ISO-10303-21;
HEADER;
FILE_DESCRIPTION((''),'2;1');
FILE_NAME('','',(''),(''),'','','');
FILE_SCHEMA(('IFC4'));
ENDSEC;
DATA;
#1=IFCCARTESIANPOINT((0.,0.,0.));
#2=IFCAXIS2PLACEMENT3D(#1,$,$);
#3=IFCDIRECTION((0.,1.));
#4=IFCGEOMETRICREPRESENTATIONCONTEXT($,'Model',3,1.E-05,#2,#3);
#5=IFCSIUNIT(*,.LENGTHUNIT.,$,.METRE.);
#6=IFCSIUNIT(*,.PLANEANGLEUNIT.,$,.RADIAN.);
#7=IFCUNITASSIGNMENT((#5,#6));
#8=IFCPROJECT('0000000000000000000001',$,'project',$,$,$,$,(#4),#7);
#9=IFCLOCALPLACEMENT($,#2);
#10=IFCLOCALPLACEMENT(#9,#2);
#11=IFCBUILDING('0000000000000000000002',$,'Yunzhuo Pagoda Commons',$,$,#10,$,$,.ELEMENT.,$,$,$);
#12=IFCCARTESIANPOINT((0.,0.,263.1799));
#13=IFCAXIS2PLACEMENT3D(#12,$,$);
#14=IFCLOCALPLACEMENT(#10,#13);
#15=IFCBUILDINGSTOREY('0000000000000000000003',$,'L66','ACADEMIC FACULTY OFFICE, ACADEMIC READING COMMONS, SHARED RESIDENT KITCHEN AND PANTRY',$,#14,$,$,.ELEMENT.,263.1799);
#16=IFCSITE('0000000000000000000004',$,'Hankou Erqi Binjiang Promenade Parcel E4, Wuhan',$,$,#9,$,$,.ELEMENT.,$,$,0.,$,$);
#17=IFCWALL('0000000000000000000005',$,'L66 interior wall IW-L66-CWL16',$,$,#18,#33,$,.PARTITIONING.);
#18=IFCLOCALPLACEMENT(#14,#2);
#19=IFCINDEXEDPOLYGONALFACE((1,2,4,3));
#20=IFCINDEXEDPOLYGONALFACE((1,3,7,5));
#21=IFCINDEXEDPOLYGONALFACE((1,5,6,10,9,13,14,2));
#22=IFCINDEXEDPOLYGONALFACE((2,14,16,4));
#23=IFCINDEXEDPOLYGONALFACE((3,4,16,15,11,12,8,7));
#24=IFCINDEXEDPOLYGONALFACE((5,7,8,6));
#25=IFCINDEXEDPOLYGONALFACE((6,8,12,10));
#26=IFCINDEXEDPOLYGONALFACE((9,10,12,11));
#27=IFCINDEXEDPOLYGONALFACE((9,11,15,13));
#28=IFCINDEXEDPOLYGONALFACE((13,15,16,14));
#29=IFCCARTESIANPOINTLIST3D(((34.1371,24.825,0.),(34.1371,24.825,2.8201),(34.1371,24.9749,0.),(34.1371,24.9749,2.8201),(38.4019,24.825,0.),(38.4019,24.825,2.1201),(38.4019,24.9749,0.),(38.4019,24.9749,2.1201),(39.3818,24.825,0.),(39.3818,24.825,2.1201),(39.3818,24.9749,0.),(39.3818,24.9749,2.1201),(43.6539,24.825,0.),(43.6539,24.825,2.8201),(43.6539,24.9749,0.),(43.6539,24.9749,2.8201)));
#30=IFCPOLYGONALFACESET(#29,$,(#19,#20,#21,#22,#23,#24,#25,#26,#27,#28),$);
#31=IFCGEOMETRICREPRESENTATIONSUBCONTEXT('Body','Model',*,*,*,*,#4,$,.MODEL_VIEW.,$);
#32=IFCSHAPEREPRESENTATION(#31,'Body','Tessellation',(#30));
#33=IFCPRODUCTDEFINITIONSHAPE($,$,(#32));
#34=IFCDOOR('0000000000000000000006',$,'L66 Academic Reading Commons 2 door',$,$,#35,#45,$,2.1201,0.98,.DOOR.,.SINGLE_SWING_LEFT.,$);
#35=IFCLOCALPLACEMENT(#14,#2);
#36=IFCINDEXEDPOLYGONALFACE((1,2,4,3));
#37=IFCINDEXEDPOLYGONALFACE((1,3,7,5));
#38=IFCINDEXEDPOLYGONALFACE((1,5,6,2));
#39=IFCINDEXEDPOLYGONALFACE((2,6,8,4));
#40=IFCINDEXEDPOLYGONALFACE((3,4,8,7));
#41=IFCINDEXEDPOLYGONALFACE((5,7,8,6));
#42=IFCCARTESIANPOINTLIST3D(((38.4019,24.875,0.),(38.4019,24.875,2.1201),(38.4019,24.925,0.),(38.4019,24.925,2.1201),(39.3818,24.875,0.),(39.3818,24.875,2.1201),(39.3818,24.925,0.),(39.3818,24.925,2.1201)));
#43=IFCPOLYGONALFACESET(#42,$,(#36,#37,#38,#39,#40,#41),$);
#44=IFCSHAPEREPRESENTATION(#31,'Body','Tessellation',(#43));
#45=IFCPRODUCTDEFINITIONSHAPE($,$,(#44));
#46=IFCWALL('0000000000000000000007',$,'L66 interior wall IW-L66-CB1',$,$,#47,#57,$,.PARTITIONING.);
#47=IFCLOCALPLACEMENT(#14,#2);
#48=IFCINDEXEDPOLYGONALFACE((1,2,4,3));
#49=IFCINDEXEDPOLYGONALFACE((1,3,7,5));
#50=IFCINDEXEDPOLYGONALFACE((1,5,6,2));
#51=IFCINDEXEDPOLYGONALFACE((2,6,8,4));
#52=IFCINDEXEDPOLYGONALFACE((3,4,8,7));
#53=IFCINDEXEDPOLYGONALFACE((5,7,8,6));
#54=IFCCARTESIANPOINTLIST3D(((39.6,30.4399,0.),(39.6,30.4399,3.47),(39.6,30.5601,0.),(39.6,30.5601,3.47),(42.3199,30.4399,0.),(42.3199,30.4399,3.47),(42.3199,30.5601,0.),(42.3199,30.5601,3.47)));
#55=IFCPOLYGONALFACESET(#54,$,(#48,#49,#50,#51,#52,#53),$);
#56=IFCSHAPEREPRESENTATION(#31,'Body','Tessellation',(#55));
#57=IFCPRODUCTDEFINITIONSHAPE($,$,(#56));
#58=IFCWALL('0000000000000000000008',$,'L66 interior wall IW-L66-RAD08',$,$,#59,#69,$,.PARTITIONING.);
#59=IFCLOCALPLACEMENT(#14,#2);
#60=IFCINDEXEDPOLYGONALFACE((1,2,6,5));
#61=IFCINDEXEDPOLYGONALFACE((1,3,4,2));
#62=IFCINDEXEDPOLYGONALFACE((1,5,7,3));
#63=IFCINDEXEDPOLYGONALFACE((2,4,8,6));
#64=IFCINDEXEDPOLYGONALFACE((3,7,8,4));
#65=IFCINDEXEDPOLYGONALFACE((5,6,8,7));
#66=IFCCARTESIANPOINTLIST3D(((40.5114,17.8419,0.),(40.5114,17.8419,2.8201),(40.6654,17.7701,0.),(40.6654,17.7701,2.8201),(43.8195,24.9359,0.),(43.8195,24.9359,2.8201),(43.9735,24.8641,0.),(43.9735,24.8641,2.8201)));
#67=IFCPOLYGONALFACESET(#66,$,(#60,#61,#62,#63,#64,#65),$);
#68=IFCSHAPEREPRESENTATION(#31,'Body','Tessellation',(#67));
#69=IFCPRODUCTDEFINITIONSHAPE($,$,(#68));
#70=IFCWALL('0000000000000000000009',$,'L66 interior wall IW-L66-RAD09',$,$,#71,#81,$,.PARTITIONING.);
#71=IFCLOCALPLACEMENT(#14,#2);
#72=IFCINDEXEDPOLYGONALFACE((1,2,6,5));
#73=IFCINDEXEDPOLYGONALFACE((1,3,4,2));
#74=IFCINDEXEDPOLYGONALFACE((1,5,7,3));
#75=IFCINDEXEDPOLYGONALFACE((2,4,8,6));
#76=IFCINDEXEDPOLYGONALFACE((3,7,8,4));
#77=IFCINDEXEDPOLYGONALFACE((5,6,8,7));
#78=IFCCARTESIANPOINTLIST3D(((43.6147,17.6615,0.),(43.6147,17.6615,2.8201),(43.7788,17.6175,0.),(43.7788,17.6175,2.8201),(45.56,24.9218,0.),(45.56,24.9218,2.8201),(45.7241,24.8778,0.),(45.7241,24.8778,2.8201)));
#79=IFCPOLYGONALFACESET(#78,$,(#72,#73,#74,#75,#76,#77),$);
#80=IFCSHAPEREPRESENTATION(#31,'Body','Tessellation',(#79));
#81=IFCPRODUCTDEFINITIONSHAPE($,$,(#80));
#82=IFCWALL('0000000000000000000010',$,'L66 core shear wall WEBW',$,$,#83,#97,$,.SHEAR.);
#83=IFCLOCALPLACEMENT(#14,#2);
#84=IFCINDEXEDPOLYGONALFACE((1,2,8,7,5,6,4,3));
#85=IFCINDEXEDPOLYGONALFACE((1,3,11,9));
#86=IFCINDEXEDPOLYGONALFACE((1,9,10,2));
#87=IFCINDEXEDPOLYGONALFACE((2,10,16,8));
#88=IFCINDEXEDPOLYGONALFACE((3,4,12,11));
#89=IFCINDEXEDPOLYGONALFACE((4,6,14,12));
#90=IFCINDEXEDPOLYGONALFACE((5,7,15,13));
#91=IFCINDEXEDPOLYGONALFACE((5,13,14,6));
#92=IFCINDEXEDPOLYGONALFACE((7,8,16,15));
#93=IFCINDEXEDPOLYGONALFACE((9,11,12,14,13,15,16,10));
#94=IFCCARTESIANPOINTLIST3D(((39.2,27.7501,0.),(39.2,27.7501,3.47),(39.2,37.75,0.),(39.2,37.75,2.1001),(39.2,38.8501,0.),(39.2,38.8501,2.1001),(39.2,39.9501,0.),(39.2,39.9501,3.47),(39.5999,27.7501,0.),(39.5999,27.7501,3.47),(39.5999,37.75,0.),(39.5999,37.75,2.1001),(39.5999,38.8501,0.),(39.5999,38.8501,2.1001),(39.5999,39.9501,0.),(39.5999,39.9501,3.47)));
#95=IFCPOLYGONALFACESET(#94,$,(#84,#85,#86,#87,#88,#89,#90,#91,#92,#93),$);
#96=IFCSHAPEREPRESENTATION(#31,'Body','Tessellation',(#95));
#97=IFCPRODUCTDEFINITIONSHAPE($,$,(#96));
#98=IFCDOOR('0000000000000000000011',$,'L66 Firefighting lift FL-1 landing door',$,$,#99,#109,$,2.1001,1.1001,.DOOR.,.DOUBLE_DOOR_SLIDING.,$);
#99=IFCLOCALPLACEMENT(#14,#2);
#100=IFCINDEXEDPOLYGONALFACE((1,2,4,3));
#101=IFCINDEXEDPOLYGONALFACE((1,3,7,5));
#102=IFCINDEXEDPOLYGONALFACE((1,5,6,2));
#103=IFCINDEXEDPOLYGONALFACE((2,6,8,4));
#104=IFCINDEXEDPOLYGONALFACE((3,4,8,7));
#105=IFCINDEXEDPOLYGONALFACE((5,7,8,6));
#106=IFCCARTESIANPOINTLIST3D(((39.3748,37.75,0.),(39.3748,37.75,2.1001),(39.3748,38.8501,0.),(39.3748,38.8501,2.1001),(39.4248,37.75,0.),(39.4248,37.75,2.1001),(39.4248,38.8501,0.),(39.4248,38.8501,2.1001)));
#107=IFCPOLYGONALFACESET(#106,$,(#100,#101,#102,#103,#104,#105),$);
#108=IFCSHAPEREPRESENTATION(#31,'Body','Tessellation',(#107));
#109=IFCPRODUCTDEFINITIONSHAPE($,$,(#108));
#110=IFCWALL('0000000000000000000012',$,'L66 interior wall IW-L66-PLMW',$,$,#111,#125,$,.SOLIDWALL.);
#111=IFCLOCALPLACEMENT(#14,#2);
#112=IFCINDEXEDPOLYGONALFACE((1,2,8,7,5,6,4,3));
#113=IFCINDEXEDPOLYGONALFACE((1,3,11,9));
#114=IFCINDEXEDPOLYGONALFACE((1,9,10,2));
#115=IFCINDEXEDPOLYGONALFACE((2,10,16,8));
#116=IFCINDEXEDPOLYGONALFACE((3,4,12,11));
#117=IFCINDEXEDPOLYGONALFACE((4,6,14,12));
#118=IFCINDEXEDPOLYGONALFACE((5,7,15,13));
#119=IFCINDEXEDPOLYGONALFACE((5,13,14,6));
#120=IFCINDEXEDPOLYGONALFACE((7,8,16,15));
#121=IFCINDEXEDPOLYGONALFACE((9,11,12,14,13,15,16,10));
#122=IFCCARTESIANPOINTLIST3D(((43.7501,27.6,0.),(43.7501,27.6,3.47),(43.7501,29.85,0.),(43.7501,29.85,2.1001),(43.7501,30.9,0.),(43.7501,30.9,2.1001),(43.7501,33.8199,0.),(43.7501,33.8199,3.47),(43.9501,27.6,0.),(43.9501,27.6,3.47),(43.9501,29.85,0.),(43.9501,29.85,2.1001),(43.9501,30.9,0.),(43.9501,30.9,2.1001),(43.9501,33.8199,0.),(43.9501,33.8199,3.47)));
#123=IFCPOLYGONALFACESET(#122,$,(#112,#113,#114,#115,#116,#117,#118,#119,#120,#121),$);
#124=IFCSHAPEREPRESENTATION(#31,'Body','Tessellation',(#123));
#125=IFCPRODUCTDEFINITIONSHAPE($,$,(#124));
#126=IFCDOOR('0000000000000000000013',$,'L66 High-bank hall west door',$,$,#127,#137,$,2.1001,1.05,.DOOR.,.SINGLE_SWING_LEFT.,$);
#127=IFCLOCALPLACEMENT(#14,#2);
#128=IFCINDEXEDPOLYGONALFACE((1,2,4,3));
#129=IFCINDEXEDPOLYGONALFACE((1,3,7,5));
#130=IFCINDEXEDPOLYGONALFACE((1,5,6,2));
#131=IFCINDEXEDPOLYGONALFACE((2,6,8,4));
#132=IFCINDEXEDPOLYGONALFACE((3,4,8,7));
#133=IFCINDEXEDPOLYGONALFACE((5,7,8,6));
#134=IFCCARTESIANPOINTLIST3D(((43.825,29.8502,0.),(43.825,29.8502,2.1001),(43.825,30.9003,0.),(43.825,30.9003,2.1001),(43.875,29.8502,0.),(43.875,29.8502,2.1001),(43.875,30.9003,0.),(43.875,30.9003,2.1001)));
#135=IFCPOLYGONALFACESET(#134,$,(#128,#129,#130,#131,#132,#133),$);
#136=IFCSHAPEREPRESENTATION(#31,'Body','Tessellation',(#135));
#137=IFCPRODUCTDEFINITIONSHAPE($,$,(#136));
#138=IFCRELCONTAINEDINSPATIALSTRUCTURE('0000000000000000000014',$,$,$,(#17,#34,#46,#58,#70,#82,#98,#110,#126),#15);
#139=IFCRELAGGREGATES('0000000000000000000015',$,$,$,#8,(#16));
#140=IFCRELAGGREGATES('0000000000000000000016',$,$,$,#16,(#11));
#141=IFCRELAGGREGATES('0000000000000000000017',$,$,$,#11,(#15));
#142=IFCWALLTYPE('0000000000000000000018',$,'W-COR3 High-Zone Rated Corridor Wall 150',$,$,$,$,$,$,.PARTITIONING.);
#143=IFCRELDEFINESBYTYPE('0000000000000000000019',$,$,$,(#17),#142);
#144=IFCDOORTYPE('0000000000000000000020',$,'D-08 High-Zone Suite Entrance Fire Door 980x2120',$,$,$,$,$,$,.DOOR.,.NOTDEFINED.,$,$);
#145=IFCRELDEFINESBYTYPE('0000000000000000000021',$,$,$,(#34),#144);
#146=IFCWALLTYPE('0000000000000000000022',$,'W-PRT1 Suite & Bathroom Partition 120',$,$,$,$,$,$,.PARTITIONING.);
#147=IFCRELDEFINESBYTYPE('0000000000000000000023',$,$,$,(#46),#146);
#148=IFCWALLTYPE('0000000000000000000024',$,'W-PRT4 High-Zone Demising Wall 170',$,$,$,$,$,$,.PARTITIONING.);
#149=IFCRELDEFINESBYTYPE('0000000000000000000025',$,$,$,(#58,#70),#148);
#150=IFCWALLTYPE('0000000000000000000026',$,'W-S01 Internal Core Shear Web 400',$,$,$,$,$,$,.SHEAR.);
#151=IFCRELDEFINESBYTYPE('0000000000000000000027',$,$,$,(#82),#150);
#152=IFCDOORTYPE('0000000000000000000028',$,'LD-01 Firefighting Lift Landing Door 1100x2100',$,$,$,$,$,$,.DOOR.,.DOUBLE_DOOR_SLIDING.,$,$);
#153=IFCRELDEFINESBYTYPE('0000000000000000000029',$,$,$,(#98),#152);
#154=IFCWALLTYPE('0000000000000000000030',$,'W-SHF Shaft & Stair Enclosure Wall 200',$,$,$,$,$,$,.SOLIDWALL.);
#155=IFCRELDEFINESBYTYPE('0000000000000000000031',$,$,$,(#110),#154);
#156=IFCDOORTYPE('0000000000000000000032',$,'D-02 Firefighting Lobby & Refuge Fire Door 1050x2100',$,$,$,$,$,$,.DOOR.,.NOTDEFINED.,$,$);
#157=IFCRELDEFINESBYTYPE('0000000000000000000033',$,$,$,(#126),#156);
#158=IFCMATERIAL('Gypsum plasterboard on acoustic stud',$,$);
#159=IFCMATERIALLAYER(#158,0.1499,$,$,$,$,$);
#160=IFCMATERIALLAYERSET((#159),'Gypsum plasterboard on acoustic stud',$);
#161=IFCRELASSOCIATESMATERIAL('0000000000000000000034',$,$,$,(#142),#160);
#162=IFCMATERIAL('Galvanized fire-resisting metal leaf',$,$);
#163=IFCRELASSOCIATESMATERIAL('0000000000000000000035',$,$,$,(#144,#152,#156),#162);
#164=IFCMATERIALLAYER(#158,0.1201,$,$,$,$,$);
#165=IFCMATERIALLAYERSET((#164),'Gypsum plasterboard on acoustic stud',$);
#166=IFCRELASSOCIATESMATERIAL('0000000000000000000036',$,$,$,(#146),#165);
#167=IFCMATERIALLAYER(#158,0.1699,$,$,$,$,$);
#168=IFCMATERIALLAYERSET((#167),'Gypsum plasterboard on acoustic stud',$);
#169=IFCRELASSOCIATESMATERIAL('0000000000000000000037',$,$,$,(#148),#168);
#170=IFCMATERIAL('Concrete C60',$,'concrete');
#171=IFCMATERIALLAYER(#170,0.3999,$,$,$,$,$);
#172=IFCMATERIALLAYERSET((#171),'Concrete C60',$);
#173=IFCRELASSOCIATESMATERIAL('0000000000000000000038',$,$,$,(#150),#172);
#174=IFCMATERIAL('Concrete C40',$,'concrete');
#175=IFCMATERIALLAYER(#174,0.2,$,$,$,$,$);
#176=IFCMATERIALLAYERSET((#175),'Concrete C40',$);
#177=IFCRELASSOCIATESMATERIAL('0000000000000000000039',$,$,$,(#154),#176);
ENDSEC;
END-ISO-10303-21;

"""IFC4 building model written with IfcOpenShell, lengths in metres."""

from ifc_helpers import new_model, si_unit, direction, frame, frame_2d, origin, origin_with_axes, place, context, subcontext, project, spatial, rectangle, extrude, source, transform, mapped, material, layer, layer_set, type_object, element, fill, save


model = new_model("IFC4")

# Units and contexts
model_context = context("Model", 3, precision=1e-05, world=origin(), true_north=direction((0.0, 1.0)))
body_context = subcontext(model_context, "Body", "Model", "MODEL_VIEW")
ifc_project = project(units=[si_unit("LENGTHUNIT", "METRE"), si_unit("PLANEANGLEUNIT", "RADIAN")], contexts=[model_context])

# Site, building, storey
site_placement = place(None, origin())
site = spatial("IfcSite", under=ifc_project, at=site_placement, Name="Hankou Erqi Binjiang Promenade Parcel E4, Wuhan", CompositionType="ELEMENT", RefElevation=0.0)
building_placement = place(site_placement, origin())
building = spatial("IfcBuilding", under=site, at=building_placement, Name="Yunzhuo Pagoda Commons", CompositionType="ELEMENT")
storey_placement = place(building_placement, frame((0.0, 0.0, 263.1799)))
storey = spatial("IfcBuildingStorey", under=building, at=storey_placement, Name="L66", Description="ACADEMIC FACULTY OFFICE, ACADEMIC READING COMMONS, SHARED RESIDENT KITCHEN AND PANTRY", CompositionType="ELEMENT", Elevation=263.1799)

# Shared definitions
ifc_material_1 = material(Name="Gypsum plasterboard on acoustic stud")
ifc_layer_1 = layer(ifc_material_1, 0.1499)
ifc_layer_set_1 = layer_set([ifc_layer_1], Name="Gypsum plasterboard on acoustic stud")
wall_type_1 = type_object("IfcWallType", Name="W-COR3 High-Zone Rated Corridor Wall 150", PredefinedType="PARTITIONING", material=ifc_layer_set_1)
ifc_material_2 = material(Name="Galvanized fire-resisting metal leaf")

# Wall, opening, door
wall_1_placement = place(storey_placement, frame((43.6538, 24.8999, 0.0), z_axis=(0.0, 0.0, 1.0), x_axis=(-1.0, 0.0, 0.0)))
wall_1 = element("IfcWall", 1, at=wall_1_placement, inside=storey, type_object=wall_type_1, Name="L66 interior wall IW-L66-CWL16", PredefinedType="PARTITIONING", context=body_context, shape_type="SweptSolid", body=[
    extrude(rectangle(XDim=9.5168, YDim=0.1499, at=frame_2d((4.7583, 0.0))), origin(), (0.0, 0.0, 1.0), 2.8201),
])
opening_1_placement = place(wall_1_placement, frame((4.272, 0.0, 0.0)))
opening_1 = element("IfcOpeningElement", 2, at=opening_1_placement, cuts=wall_1, PredefinedType="OPENING", context=body_context, shape_type="SweptSolid", body=[
    extrude(rectangle(XDim=0.98, YDim=2.1201, at=frame_2d((0.49, 1.0601))), frame((0.0, 0.085, 0.0), z_axis=(0.0, -1.0, 0.0), x_axis=(1.0, 0.0, 0.0)), (0.0, 0.0, 1.0), 0.1699),
])
door_type_1 = type_object("IfcDoorType", Name="D-08 High-Zone Suite Entrance Fire Door 980x2120", OperationType="NOTDEFINED", PredefinedType="DOOR", material=ifc_material_2)
shared_shape_1 = source(origin(), body_context, "Body", "SweptSolid", [
    extrude(rectangle(XDim=0.98, YDim=2.1201, at=frame_2d((0.49, 1.0601))), frame((0.0, 0.0249, 0.0), z_axis=(0.0, -1.0, 0.0), x_axis=(1.0, 0.0, 0.0)), (0.0, 0.0, 1.0), 0.05),
])
door_1_placement = place(opening_1_placement, origin_with_axes())
door_1 = element("IfcDoor", 3, at=door_1_placement, inside=storey, type_object=door_type_1, Name="L66 Academic Reading Commons 2 door", OperationType="SINGLE_SWING_LEFT", OverallHeight=2.1201, OverallWidth=0.98, PredefinedType="DOOR", context=body_context, shape_type="MappedRepresentation", body=[
    mapped(shared_shape_1, transform((0.0, 0.0, 0.0), scale=1.0)),
])
fill(opening_1, door_1)

# Walls
ifc_layer_2 = layer(ifc_material_1, 0.1201)
ifc_layer_set_2 = layer_set([ifc_layer_2], Name="Gypsum plasterboard on acoustic stud")
wall_type_2 = type_object("IfcWallType", Name="W-PRT1 Suite & Bathroom Partition 120", PredefinedType="PARTITIONING", material=ifc_layer_set_2)
wall_2_placement = place(storey_placement, frame((39.6001, 30.5, 0.0), z_axis=(0.0, 0.0, 1.0), x_axis=(1.0, 0.0, 0.0)))
element("IfcWall", 4, at=wall_2_placement, inside=storey, type_object=wall_type_2, Name="L66 interior wall IW-L66-CB1", PredefinedType="PARTITIONING", context=body_context, shape_type="SweptSolid", body=[
    extrude(rectangle(XDim=2.72, YDim=0.1201, at=frame_2d((1.3599, 0.0))), origin(), (0.0, 0.0, 1.0), 3.47),
])
ifc_layer_3 = layer(ifc_material_1, 0.1699)
ifc_layer_set_3 = layer_set([ifc_layer_3], Name="Gypsum plasterboard on acoustic stud")
wall_type_3 = type_object("IfcWallType", Name="W-PRT4 High-Zone Demising Wall 170", PredefinedType="PARTITIONING", material=ifc_layer_set_3)
wall_3_placement = place(storey_placement, frame((43.8965, 24.8999, 0.0), z_axis=(0.0, 0.0, 1.0), x_axis=(-0.422631, -0.906302, 0.0)))
element("IfcWall", 5, at=wall_3_placement, inside=storey, type_object=wall_type_3, Name="L66 interior wall IW-L66-RAD08", PredefinedType="PARTITIONING", context=body_context, shape_type="SweptSolid", body=[
    extrude(rectangle(XDim=7.8274, YDim=0.1699, at=frame_2d((3.9136, 0.0))), origin(), (0.0, 0.0, 1.0), 2.8201),
])
wall_4_placement = place(storey_placement, frame((45.6421, 24.8999, 0.0), z_axis=(0.0, 0.0, 1.0), x_axis=(-0.258811, -0.965928, 0.0)))
element("IfcWall", 6, at=wall_4_placement, inside=storey, type_object=wall_type_3, Name="L66 interior wall IW-L66-RAD09", PredefinedType="PARTITIONING", context=body_context, shape_type="SweptSolid", body=[
    extrude(rectangle(XDim=7.5164, YDim=0.1699, at=frame_2d((3.7583, 0.0))), origin(), (0.0, 0.0, 1.0), 2.8201),
])

# Walls, openings, doors
ifc_material_3 = material(Name="Concrete C60", Category="concrete")
ifc_layer_4 = layer(ifc_material_3, 0.3999)
ifc_layer_set_4 = layer_set([ifc_layer_4], Name="Concrete C60")
wall_type_4 = type_object("IfcWallType", Name="W-S01 Internal Core Shear Web 400", PredefinedType="SHEAR", material=ifc_layer_set_4)
wall_5_placement = place(storey_placement, frame((39.3999, 27.75, 0.0), z_axis=(0.0, 0.0, 1.0), x_axis=(0.0, 1.0, 0.0)))
wall_5 = element("IfcWall", 7, at=wall_5_placement, inside=storey, type_object=wall_type_4, Name="L66 core shear wall WEBW", PredefinedType="SHEAR", context=body_context, shape_type="SweptSolid", body=[
    extrude(rectangle(XDim=12.2, YDim=0.3999, at=frame_2d((6.1001, 0.0))), origin(), (0.0, 0.0, 1.0), 3.47),
])
opening_2_placement = place(wall_5_placement, frame((10.0, 0.0, 0.0)))
opening_2 = element("IfcOpeningElement", 8, at=opening_2_placement, cuts=wall_5, PredefinedType="OPENING", context=body_context, shape_type="SweptSolid", body=[
    extrude(rectangle(XDim=1.1001, YDim=2.1001, at=frame_2d((0.55, 1.05))), frame((0.0, 0.21, 0.0), z_axis=(0.0, -1.0, 0.0), x_axis=(1.0, 0.0, 0.0)), (0.0, 0.0, 1.0), 0.4199),
])
door_type_2 = type_object("IfcDoorType", Name="LD-01 Firefighting Lift Landing Door 1100x2100", OperationType="DOUBLE_DOOR_SLIDING", PredefinedType="DOOR", material=ifc_material_2)
shared_shape_2 = source(origin(), body_context, "Body", "SweptSolid", [
    extrude(rectangle(XDim=1.1001, YDim=2.1001, at=frame_2d((0.55, 1.05))), frame((0.0, 0.0249, 0.0), z_axis=(0.0, -1.0, 0.0), x_axis=(1.0, 0.0, 0.0)), (0.0, 0.0, 1.0), 0.05),
])
door_2_placement = place(opening_2_placement, frame((1.1001, 0.0, 0.0), z_axis=(0.0, 0.0, 1.0), x_axis=(-1.0, 0.0, 0.0)))
door_2 = element("IfcDoor", 9, at=door_2_placement, inside=storey, type_object=door_type_2, Name="L66 Firefighting lift FL-1 landing door", OperationType="DOUBLE_DOOR_SLIDING", OverallHeight=2.1001, OverallWidth=1.1001, PredefinedType="DOOR", context=body_context, shape_type="MappedRepresentation", body=[
    mapped(shared_shape_2, transform((0.0, 0.0, 0.0), scale=1.0)),
])
fill(opening_2, door_2)
ifc_material_4 = material(Name="Concrete C40", Category="concrete")
ifc_layer_5 = layer(ifc_material_4, 0.2)
ifc_layer_set_5 = layer_set([ifc_layer_5], Name="Concrete C40")
wall_type_5 = type_object("IfcWallType", Name="W-SHF Shaft & Stair Enclosure Wall 200", PredefinedType="SOLIDWALL", material=ifc_layer_set_5)
wall_6_placement = place(storey_placement, frame((43.8501, 27.6001, 0.0), z_axis=(0.0, 0.0, 1.0), x_axis=(0.0, 1.0, 0.0)))
wall_6 = element("IfcWall", 10, at=wall_6_placement, inside=storey, type_object=wall_type_5, Name="L66 interior wall IW-L66-PLMW", PredefinedType="SOLIDWALL", context=body_context, shape_type="SweptSolid", body=[
    extrude(rectangle(XDim=6.22, YDim=0.2, at=frame_2d((3.1099, 0.0))), origin(), (0.0, 0.0, 1.0), 3.47),
])
opening_3_placement = place(wall_6_placement, frame((2.25, 0.0, 0.0)))
opening_3 = element("IfcOpeningElement", 11, at=opening_3_placement, cuts=wall_6, PredefinedType="OPENING", context=body_context, shape_type="SweptSolid", body=[
    extrude(rectangle(XDim=1.05, YDim=2.1001, at=frame_2d((0.5249, 1.05))), frame((0.0, 0.1099, 0.0), z_axis=(0.0, -1.0, 0.0), x_axis=(1.0, 0.0, 0.0)), (0.0, 0.0, 1.0), 0.22),
])
door_type_3 = type_object("IfcDoorType", Name="D-02 Firefighting Lobby & Refuge Fire Door 1050x2100", OperationType="NOTDEFINED", PredefinedType="DOOR", material=ifc_material_2)
shared_shape_3 = source(origin(), body_context, "Body", "SweptSolid", [
    extrude(rectangle(XDim=1.05, YDim=2.1001, at=frame_2d((0.5249, 1.05))), frame((0.0, 0.0249, 0.0), z_axis=(0.0, -1.0, 0.0), x_axis=(1.0, 0.0, 0.0)), (0.0, 0.0, 1.0), 0.05),
])
door_3_placement = place(opening_3_placement, frame((1.05, 0.0, 0.0), z_axis=(0.0, 0.0, 1.0), x_axis=(-1.0, 0.0, 0.0)))
door_3 = element("IfcDoor", 12, at=door_3_placement, inside=storey, type_object=door_type_3, Name="L66 High-bank hall west door", OperationType="SINGLE_SWING_LEFT", OverallHeight=2.1001, OverallWidth=1.05, PredefinedType="DOOR", context=body_context, shape_type="MappedRepresentation", body=[
    mapped(shared_shape_3, transform((0.0, 0.0, 0.0), scale=1.0)),
])
fill(opening_3, door_3)

save(model, "model.ifc")
